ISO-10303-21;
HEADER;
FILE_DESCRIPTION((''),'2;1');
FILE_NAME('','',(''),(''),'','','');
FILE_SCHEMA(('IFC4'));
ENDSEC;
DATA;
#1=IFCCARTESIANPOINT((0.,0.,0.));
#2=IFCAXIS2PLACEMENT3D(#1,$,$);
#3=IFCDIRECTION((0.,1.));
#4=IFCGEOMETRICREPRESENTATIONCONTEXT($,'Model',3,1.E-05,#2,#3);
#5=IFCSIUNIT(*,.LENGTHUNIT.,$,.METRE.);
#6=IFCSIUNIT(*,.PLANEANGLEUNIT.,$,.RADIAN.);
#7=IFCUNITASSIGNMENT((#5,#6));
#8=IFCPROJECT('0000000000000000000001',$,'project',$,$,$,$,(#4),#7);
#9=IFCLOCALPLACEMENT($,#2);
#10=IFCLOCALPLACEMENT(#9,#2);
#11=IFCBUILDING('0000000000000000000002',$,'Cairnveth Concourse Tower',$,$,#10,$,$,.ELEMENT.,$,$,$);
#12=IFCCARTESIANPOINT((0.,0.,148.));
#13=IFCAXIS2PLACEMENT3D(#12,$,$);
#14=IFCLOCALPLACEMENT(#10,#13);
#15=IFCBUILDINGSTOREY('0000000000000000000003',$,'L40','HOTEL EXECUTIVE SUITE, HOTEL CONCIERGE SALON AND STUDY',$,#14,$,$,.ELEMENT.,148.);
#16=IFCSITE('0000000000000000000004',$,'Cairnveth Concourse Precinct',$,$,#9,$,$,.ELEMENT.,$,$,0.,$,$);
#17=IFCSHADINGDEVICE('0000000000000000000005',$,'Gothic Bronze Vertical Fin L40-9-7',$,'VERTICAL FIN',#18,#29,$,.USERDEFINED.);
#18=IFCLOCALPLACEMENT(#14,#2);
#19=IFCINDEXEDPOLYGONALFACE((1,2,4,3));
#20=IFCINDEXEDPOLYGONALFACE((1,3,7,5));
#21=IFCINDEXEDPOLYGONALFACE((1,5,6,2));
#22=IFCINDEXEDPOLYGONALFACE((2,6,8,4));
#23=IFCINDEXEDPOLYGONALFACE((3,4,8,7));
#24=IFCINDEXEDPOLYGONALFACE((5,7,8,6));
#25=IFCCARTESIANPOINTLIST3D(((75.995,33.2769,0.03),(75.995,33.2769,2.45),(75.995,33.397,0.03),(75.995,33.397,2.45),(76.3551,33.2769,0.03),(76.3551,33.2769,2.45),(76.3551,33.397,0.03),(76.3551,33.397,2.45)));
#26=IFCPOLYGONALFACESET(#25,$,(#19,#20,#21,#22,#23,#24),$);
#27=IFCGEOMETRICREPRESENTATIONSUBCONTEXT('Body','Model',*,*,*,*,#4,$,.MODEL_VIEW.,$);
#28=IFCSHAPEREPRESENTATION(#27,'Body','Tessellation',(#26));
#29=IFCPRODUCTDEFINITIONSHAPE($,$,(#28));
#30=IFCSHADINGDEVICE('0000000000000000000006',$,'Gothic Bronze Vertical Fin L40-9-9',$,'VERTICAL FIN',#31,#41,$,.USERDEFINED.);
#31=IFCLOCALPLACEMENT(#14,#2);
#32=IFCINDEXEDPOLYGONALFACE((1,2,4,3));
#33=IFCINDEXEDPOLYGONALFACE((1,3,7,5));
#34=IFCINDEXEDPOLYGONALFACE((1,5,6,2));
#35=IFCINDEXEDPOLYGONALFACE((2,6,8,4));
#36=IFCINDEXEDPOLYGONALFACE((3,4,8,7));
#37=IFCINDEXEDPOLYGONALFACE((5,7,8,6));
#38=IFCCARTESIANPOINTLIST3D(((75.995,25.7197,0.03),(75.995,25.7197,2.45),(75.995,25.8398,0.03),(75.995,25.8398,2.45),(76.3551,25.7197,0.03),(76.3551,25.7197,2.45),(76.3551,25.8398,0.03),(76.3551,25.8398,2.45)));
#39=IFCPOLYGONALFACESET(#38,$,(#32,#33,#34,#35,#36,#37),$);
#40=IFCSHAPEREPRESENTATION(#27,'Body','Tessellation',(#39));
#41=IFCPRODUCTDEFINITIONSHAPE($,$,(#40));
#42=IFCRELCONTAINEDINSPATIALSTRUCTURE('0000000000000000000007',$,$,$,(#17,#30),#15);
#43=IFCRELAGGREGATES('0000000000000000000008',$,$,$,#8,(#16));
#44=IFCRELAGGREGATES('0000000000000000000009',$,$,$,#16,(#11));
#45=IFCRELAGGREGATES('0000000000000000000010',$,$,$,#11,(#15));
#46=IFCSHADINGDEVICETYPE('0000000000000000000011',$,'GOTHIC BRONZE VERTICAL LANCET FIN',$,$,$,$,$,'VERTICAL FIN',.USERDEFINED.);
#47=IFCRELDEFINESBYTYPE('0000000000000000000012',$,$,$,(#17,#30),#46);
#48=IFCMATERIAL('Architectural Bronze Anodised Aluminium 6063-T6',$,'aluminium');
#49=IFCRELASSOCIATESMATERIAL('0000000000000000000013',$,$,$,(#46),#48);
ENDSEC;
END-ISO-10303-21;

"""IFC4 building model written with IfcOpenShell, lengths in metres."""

from ifc_helpers import new_model, si_unit, direction, frame, origin, origin_2d, place, context, subcontext, project, spatial, rectangle, extrude, material, type_object, element, save


model = new_model("IFC4")

# Units and contexts
model_context = context("Model", 3, precision=1e-05, world=origin(), true_north=direction((0.0, 1.0)))
body_context = subcontext(model_context, "Body", "Model", "MODEL_VIEW")
ifc_project = project(units=[si_unit("LENGTHUNIT", "METRE"), si_unit("PLANEANGLEUNIT", "RADIAN")], contexts=[model_context])

# Site, building, storey
site_placement = place(None, origin())
site = spatial("IfcSite", under=ifc_project, at=site_placement, Name="Cairnveth Concourse Precinct", CompositionType="ELEMENT", RefElevation=0.0)
building_placement = place(site_placement, origin())
building = spatial("IfcBuilding", under=site, at=building_placement, Name="Cairnveth Concourse Tower", CompositionType="ELEMENT")
storey_placement = place(building_placement, frame((0.0, 0.0, 148.0)))
storey = spatial("IfcBuildingStorey", under=building, at=storey_placement, Name="L40", Description="HOTEL EXECUTIVE SUITE, HOTEL CONCIERGE SALON AND STUDY", CompositionType="ELEMENT", Elevation=148.0)

# Shading devices
ifc_material_1 = material(Name="Architectural Bronze Anodised Aluminium 6063-T6", Category="aluminium")
shading_device_type = type_object("IfcShadingDeviceType", Name="GOTHIC BRONZE VERTICAL LANCET FIN", ElementType="VERTICAL FIN", PredefinedType="USERDEFINED", material=ifc_material_1)
for number, where, z_axis, x_axis, name in (
    (1, (76.175, 33.3369, 0.03), (0.0, 0.0, 1.0), (0.0, 1.0, 0.0), "Gothic Bronze Vertical Fin L40-9-7"),
    (2, (76.175, 25.7798, 0.03), (0.0, 0.0, 1.0), (0.0, 1.0, 0.0), "Gothic Bronze Vertical Fin L40-9-9"),
):
    element("IfcShadingDevice", number, at=place(storey_placement, frame(where, z_axis=z_axis, x_axis=x_axis)), inside=storey, type_object=shading_device_type, Name=name, ObjectType="VERTICAL FIN", PredefinedType="USERDEFINED", context=body_context, shape_type="SweptSolid", body=[
        extrude(rectangle(XDim=0.1201, YDim=0.3601, at=origin_2d()), origin(), (0.0, 0.0, 1.0), 2.4199),
    ])

save(model, "model.ifc")
